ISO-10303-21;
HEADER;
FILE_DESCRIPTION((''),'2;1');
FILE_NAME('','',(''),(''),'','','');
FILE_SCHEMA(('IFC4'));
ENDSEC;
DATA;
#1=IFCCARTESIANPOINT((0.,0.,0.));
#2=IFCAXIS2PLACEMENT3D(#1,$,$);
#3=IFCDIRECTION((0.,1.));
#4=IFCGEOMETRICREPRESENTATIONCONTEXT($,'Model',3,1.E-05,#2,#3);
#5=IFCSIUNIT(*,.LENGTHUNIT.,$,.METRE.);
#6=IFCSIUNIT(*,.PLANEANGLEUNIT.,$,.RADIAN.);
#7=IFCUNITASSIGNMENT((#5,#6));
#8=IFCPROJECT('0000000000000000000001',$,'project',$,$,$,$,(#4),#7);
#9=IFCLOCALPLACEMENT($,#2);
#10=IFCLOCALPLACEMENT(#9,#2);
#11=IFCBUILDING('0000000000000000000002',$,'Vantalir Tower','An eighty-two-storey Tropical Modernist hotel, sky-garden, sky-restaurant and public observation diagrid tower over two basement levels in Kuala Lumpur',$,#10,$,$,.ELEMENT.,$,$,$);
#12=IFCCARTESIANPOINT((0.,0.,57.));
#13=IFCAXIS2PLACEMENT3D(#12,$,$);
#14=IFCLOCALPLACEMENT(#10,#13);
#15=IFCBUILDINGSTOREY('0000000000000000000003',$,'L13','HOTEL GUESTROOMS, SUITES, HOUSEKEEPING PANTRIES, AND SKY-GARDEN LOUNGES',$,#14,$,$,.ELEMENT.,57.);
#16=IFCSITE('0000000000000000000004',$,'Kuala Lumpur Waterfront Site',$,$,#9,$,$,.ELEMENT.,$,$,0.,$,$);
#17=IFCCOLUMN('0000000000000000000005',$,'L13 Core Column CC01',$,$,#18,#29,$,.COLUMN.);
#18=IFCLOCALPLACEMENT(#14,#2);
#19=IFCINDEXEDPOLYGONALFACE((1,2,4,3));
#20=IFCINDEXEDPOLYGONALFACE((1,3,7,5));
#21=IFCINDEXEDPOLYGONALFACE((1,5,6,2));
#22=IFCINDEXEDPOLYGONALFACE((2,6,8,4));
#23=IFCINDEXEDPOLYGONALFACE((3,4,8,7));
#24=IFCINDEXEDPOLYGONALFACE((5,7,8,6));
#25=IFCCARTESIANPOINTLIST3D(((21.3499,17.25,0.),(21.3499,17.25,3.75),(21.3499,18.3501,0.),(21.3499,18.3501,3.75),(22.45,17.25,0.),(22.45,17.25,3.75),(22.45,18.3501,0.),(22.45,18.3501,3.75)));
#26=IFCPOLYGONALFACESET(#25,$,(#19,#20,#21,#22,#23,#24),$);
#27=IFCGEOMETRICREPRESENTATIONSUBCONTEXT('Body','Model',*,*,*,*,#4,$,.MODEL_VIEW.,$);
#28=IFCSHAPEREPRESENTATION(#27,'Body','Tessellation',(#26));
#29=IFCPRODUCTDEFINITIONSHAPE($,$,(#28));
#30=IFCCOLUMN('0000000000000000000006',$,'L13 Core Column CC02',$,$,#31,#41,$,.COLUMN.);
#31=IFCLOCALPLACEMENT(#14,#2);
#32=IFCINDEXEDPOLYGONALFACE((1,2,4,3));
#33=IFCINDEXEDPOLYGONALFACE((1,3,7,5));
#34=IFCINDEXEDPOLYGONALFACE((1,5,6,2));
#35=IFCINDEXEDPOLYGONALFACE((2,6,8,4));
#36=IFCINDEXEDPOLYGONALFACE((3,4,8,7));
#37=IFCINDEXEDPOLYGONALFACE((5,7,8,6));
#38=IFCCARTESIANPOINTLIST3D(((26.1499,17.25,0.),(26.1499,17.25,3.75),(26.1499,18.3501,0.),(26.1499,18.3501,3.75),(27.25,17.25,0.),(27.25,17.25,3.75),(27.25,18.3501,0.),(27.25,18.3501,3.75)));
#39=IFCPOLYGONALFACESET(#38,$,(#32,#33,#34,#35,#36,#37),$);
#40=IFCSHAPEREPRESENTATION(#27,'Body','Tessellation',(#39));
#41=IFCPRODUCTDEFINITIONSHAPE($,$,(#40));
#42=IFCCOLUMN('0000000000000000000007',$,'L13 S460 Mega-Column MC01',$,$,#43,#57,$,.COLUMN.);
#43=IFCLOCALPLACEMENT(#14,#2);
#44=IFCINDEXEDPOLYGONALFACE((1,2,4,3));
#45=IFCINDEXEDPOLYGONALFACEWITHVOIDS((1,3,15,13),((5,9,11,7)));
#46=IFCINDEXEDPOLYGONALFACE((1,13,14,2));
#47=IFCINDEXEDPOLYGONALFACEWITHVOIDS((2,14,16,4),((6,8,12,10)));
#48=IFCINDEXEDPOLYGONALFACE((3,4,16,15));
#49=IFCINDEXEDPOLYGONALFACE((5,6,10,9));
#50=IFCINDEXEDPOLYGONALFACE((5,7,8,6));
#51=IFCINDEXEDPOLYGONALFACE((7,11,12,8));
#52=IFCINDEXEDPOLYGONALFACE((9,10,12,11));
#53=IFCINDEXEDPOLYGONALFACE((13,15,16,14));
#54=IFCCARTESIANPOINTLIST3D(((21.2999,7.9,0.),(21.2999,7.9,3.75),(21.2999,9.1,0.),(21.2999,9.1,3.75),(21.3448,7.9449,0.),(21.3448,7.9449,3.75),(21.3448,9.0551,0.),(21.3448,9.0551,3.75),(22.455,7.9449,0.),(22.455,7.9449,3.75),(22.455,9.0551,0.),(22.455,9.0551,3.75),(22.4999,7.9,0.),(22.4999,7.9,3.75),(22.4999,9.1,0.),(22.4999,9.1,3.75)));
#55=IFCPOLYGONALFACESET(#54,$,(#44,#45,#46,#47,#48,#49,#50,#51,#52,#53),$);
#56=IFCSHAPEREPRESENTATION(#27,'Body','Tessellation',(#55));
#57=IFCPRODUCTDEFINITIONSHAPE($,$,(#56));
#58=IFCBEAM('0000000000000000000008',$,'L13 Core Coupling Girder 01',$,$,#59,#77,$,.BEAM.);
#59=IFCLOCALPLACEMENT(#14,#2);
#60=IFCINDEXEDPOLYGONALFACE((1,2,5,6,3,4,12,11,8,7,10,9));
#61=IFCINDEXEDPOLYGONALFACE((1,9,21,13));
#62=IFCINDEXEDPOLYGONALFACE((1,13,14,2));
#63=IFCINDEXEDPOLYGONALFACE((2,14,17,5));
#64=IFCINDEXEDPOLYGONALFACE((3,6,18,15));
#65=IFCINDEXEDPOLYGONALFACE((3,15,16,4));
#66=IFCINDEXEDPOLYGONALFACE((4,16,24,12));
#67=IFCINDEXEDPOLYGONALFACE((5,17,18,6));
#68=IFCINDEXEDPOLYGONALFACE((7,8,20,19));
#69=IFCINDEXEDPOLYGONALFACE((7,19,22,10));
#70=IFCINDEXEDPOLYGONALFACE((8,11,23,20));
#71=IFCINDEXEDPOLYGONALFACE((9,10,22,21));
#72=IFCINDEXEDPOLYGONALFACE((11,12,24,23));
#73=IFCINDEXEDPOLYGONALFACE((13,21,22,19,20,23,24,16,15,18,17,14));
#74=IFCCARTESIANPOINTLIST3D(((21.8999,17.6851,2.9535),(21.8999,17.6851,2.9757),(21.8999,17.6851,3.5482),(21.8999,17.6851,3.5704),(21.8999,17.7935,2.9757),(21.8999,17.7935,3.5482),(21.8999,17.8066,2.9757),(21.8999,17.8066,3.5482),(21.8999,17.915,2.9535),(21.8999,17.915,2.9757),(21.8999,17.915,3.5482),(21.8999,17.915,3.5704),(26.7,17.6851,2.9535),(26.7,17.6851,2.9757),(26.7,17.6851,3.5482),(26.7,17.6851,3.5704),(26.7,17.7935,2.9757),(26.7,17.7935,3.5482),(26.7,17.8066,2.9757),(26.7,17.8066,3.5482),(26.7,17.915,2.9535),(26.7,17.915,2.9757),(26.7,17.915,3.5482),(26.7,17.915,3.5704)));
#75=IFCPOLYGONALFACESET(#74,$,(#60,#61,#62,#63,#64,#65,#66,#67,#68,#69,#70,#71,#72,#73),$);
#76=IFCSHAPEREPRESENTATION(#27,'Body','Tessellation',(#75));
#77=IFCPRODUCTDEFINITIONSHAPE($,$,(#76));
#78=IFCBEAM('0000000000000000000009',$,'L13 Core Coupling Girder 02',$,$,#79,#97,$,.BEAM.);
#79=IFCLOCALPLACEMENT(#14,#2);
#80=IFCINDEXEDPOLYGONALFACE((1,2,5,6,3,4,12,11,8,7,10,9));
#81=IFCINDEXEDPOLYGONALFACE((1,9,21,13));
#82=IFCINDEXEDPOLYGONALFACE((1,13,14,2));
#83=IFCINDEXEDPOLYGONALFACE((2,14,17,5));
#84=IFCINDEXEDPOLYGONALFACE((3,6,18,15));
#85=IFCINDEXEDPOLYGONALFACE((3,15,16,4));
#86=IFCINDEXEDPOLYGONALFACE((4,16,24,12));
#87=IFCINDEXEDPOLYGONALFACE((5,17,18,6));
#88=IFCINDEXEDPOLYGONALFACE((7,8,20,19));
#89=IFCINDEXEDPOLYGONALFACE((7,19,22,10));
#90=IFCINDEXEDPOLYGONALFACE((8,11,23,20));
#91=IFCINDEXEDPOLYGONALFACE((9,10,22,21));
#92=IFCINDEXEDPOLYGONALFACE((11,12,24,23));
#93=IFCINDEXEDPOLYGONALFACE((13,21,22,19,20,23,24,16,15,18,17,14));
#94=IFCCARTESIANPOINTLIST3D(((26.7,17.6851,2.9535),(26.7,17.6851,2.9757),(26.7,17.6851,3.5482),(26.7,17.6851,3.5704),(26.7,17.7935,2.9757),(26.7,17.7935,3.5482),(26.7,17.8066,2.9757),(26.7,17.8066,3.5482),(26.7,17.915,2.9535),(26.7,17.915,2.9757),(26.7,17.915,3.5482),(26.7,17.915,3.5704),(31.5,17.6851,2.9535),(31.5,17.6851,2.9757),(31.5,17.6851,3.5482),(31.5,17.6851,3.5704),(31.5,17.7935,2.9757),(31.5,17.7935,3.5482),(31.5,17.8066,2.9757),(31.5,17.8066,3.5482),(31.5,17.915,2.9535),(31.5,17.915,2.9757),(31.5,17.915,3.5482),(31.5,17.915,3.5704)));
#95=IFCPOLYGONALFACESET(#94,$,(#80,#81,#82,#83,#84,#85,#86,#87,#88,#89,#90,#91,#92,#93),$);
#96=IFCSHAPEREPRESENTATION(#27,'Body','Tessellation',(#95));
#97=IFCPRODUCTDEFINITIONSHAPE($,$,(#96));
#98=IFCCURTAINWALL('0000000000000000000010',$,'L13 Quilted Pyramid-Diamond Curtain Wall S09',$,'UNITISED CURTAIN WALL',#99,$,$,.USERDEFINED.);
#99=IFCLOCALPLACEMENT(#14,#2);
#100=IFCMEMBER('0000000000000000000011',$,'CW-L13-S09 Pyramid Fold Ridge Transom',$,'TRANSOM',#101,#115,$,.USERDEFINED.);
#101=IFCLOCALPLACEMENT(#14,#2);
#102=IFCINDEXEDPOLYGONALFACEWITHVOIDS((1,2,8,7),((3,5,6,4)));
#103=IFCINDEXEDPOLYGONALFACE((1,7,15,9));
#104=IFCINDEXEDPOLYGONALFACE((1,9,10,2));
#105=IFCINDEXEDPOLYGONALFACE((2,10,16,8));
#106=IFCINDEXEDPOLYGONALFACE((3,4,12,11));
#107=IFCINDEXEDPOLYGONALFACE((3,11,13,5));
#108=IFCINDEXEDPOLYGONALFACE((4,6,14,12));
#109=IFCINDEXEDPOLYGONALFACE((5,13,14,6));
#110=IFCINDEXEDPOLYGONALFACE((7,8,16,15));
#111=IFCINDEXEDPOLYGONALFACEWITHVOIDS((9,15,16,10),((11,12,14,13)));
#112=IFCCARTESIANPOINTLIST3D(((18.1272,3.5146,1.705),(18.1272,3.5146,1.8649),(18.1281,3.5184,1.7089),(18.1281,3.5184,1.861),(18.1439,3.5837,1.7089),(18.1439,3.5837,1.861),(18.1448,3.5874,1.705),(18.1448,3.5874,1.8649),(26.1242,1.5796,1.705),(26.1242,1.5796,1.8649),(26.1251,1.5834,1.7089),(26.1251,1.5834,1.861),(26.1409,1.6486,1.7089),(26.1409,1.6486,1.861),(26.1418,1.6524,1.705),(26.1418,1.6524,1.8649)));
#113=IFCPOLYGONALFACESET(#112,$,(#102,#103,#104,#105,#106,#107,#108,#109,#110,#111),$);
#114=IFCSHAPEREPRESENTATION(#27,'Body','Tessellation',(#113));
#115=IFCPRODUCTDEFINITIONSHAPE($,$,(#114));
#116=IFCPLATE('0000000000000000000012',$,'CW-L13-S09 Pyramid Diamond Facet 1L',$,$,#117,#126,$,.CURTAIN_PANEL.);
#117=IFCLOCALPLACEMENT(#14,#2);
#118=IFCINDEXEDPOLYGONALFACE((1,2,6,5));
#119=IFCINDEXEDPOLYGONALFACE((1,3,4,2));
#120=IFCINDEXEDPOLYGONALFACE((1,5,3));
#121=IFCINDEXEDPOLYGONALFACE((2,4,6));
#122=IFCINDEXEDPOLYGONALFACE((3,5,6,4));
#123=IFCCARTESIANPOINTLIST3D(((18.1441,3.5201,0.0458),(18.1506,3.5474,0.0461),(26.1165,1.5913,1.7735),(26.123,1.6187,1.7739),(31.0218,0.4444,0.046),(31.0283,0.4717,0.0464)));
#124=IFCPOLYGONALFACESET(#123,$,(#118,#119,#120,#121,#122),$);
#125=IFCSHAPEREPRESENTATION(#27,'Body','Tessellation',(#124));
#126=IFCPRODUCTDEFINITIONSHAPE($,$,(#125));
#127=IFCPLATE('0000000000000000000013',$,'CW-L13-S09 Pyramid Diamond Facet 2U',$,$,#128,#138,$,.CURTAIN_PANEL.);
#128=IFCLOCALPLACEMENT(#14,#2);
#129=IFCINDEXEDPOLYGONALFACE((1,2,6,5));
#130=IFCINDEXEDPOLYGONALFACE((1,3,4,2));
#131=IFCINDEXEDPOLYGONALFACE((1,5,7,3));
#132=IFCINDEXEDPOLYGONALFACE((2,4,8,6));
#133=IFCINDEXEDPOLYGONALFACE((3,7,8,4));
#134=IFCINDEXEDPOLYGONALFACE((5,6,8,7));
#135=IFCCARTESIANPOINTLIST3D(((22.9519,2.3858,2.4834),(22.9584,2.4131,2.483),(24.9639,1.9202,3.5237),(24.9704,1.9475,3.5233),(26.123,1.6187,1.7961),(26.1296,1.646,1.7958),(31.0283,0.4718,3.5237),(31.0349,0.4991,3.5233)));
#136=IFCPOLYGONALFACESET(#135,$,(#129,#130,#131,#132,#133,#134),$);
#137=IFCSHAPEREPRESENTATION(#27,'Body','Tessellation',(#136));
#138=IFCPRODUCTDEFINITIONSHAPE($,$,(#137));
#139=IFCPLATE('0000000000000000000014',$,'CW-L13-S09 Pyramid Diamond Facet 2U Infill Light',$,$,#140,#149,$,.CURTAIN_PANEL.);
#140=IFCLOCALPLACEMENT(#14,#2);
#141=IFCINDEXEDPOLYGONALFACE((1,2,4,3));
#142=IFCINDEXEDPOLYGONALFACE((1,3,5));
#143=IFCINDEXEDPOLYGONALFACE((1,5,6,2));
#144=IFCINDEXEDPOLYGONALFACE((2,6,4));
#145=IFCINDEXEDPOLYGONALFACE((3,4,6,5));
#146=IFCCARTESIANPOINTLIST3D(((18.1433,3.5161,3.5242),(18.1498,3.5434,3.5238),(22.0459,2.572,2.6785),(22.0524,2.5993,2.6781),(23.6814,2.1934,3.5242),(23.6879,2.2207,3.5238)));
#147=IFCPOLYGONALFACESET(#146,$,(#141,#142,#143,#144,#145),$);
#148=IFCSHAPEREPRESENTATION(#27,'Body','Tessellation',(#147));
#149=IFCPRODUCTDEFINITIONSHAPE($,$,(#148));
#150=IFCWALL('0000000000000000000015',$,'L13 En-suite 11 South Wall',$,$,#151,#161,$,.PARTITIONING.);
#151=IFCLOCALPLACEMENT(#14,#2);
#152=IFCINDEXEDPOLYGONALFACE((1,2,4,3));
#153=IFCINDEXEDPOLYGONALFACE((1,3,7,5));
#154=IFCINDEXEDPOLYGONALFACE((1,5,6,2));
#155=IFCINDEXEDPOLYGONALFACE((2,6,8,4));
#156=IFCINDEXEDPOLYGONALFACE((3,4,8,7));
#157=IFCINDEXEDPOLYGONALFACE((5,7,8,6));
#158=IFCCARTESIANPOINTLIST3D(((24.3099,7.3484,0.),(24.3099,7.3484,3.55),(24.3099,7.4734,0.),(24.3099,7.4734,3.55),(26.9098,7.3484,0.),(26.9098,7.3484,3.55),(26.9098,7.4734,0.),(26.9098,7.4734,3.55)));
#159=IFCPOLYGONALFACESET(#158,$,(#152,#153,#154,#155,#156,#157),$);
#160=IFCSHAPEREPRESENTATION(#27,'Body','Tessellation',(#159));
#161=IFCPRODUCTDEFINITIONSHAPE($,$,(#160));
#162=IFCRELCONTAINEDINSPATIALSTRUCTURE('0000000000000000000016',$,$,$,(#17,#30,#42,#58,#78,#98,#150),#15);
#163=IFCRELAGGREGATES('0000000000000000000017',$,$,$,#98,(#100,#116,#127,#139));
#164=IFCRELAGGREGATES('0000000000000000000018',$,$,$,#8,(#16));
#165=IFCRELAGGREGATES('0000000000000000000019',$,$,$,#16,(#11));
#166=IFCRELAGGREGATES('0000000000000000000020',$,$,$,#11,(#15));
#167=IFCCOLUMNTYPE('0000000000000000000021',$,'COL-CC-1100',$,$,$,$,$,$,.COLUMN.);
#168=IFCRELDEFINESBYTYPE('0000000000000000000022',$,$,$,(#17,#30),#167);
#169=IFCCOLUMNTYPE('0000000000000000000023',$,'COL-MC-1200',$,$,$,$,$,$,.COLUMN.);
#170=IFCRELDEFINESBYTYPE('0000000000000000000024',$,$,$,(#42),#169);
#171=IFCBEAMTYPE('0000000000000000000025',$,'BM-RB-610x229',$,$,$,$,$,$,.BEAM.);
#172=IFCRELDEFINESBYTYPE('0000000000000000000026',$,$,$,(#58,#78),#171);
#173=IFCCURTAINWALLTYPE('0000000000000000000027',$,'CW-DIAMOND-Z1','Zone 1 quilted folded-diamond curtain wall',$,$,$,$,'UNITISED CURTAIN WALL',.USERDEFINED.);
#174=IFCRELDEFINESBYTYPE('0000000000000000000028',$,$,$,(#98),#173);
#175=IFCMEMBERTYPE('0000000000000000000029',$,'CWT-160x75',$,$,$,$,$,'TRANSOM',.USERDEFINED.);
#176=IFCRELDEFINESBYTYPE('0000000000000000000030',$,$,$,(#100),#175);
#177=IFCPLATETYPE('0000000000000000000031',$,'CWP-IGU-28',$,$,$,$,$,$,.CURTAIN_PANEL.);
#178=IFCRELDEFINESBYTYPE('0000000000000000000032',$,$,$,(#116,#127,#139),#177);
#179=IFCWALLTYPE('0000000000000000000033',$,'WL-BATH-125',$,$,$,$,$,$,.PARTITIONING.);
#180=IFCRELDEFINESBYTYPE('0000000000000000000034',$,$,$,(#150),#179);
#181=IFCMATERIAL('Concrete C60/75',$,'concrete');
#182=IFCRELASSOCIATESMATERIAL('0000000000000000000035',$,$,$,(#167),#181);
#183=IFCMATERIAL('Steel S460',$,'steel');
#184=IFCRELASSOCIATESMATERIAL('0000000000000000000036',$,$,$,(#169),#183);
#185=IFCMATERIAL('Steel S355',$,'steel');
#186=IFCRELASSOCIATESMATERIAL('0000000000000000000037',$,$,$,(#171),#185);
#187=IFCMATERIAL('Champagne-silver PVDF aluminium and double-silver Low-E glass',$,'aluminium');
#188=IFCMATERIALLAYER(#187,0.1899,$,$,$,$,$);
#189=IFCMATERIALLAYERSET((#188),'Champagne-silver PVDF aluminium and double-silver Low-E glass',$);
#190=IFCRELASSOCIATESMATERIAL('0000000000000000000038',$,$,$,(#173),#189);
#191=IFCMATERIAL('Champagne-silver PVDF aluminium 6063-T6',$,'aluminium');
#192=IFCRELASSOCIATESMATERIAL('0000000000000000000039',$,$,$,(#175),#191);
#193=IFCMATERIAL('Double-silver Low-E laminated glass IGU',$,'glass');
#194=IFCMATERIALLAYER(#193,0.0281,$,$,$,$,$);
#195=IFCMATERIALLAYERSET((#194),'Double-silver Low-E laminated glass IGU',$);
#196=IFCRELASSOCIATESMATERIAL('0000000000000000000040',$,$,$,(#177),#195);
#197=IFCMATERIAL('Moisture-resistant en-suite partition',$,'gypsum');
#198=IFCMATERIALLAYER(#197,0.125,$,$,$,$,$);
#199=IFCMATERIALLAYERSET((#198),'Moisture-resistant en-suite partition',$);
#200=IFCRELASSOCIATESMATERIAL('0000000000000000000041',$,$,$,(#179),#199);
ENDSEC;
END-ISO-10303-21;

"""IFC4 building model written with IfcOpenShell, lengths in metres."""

from ifc_helpers import new_model, si_unit, direction, frame, frame_2d, origin, origin_2d, place, context, subcontext, project, spatial, polyline, rectangle, hollow_rectangle, i_section, outline, extrude, material, layer, layer_set, material_profile, profile_set, type_object, element, aggregate, save


model = new_model("IFC4")

# Units and contexts
model_context = context("Model", 3, precision=1e-05, world=origin(), true_north=direction((0.0, 1.0)))
body_context = subcontext(model_context, "Body", "Model", "MODEL_VIEW")
ifc_project = project(units=[si_unit("LENGTHUNIT", "METRE"), si_unit("PLANEANGLEUNIT", "RADIAN")], contexts=[model_context])

# Site, building, storey
site_placement = place(None, origin())
site = spatial("IfcSite", under=ifc_project, at=site_placement, Name="Kuala Lumpur Waterfront Site", CompositionType="ELEMENT", RefElevation=0.0)
building_placement = place(site_placement, origin())
building = spatial("IfcBuilding", under=site, at=building_placement, Name="Vantalir Tower", Description="An eighty-two-storey Tropical Modernist hotel, sky-garden, sky-restaurant and public observation diagrid tower over two basement levels in Kuala Lumpur", CompositionType="ELEMENT")
storey_placement = place(building_placement, frame((0.0, 0.0, 57.0)))
storey = spatial("IfcBuildingStorey", under=building, at=storey_placement, Name="L13", Description="HOTEL GUESTROOMS, SUITES, HOUSEKEEPING PANTRIES, AND SKY-GARDEN LOUNGES", CompositionType="ELEMENT", Elevation=57.0)

# Columns
ifc_material_1 = material(Name="Concrete C60/75", Category="concrete")
ifc_material_profile_1 = material_profile(ifc_material_1, rectangle(XDim=1.1001, YDim=1.1001, at=origin_2d()), Name="Concrete C60/75")
ifc_profile_set_1 = profile_set([ifc_material_profile_1], Name="Concrete C60/75")
column_type_1 = type_object("IfcColumnType", Name="COL-CC-1100", PredefinedType="COLUMN", material=ifc_profile_set_1)
for number, where, z_axis, x_axis, name in (
    (1, (21.8999, 17.8, 0.0), (0.0, 0.0, 1.0), (1.0, 0.0, 0.0), "L13 Core Column CC01"),
    (2, (26.7, 17.8, 0.0), (0.0, 0.0, 1.0), (1.0, 0.0, 0.0), "L13 Core Column CC02"),
):
    element("IfcColumn", number, at=place(storey_placement, frame(where, z_axis=z_axis, x_axis=x_axis)), inside=storey, type_object=column_type_1, Name=name, PredefinedType="COLUMN", context=body_context, shape_type="SweptSolid", body=[
        extrude(rectangle(XDim=1.1001, YDim=1.1001, at=origin_2d()), origin(), (0.0, 0.0, 1.0), 3.75),
    ])
ifc_material_2 = material(Name="Steel S460", Category="steel")
ifc_material_profile_2 = material_profile(ifc_material_2, hollow_rectangle(XDim=1.2, YDim=1.2, WallThickness=0.0449, at=origin_2d()), Name="Steel S460")
ifc_profile_set_2 = profile_set([ifc_material_profile_2], Name="Steel S460")
column_type_2 = type_object("IfcColumnType", Name="COL-MC-1200", PredefinedType="COLUMN", material=ifc_profile_set_2)
column_placement = place(storey_placement, frame((21.8999, 8.5, 0.0), z_axis=(0.0, 0.0, 1.0), x_axis=(1.0, 0.0, 0.0)))
element("IfcColumn", 3, at=column_placement, inside=storey, type_object=column_type_2, Name="L13 S460 Mega-Column MC01", PredefinedType="COLUMN", context=body_context, shape_type="SweptSolid", body=[
    extrude(hollow_rectangle(XDim=1.2, YDim=1.2, WallThickness=0.0449, at=origin_2d()), origin(), (0.0, 0.0, 1.0), 3.75),
])

# Beams
ifc_material_3 = material(Name="Steel S355", Category="steel")
ifc_material_profile_3 = material_profile(ifc_material_3, i_section(OverallWidth=0.23, OverallDepth=0.6169, WebThickness=0.0132, FlangeThickness=0.0222, at=origin_2d()), Name="Steel S355")
ifc_profile_set_3 = profile_set([ifc_material_profile_3], Name="Steel S355")
beam_type = type_object("IfcBeamType", Name="BM-RB-610x229", PredefinedType="BEAM", material=ifc_profile_set_3)
for number, where, z_axis, x_axis, name in (
    (4, (21.8999, 17.8, 3.262), (1.0, 0.0, 0.0), (0.0, 1.0, 0.0), "L13 Core Coupling Girder 01"),
    (5, (26.7, 17.8, 3.262), (1.0, 0.0, 0.0), (0.0, 1.0, 0.0), "L13 Core Coupling Girder 02"),
):
    element("IfcBeam", number, at=place(storey_placement, frame(where, z_axis=z_axis, x_axis=x_axis)), inside=storey, type_object=beam_type, Name=name, PredefinedType="BEAM", context=body_context, shape_type="SweptSolid", body=[
        extrude(i_section(OverallWidth=0.23, OverallDepth=0.6169, WebThickness=0.0132, FlangeThickness=0.0222, at=origin_2d()), origin(), (0.0, 0.0, 1.0), 4.8),
    ])

# Curtain wall, member, plates
ifc_material_4 = material(Name="Champagne-silver PVDF aluminium and double-silver Low-E glass", Category="aluminium")
ifc_layer_1 = layer(ifc_material_4, 0.1899)
ifc_layer_set_1 = layer_set([ifc_layer_1], Name="Champagne-silver PVDF aluminium and double-silver Low-E glass")
curtain_wall_type = type_object("IfcCurtainWallType", Name="CW-DIAMOND-Z1", Description="Zone 1 quilted folded-diamond curtain wall", ElementType="UNITISED CURTAIN WALL", PredefinedType="USERDEFINED", material=ifc_layer_set_1)
curtain_wall_placement = place(storey_placement, origin())
curtain_wall = element("IfcCurtainWall", 6, at=curtain_wall_placement, inside=storey, type_object=curtain_wall_type, Name="L13 Quilted Pyramid-Diamond Curtain Wall S09", ObjectType="UNITISED CURTAIN WALL", PredefinedType="USERDEFINED")
ifc_material_5 = material(Name="Champagne-silver PVDF aluminium 6063-T6", Category="aluminium")
ifc_material_profile_4 = material_profile(ifc_material_5, hollow_rectangle(XDim=0.075, YDim=0.1599, WallThickness=0.0039, at=origin_2d()), Name="Champagne-silver PVDF aluminium 6063-T6")
ifc_profile_set_4 = profile_set([ifc_material_profile_4], Name="Champagne-silver PVDF aluminium 6063-T6")
member_type = type_object("IfcMemberType", Name="CWT-160x75", ElementType="TRANSOM", PredefinedType="USERDEFINED", material=ifc_profile_set_4)
member_placement = place(storey_placement, frame((18.136, 3.551, 1.7849), z_axis=(0.971951, -0.235184, 0.0), x_axis=(0.235184, 0.971951, 0.0)))
member = element("IfcMember", 7, at=member_placement, type_object=member_type, Name="CW-L13-S09 Pyramid Fold Ridge Transom", ObjectType="TRANSOM", PredefinedType="USERDEFINED", context=body_context, shape_type="SweptSolid", body=[
    extrude(hollow_rectangle(XDim=0.075, YDim=0.1599, WallThickness=0.0039, at=origin_2d()), origin(), (0.0, 0.0, 1.0), 8.2278),
])
ifc_material_6 = material(Name="Double-silver Low-E laminated glass IGU", Category="glass")
ifc_layer_2 = layer(ifc_material_6, 0.0281)
ifc_layer_set_2 = layer_set([ifc_layer_2], Name="Double-silver Low-E laminated glass IGU")
plate_type = type_object("IfcPlateType", Name="CWP-IGU-28", PredefinedType="CURTAIN_PANEL", material=ifc_layer_set_2)
plate_1_placement = place(storey_placement, frame((18.1506, 3.5474, 0.0461), z_axis=(0.232282, 0.97255, 0.013845), x_axis=(0.972643, -0.232304, 0.000018)))
plate_1 = element("IfcPlate", 8, at=plate_1_placement, type_object=plate_type, Name="CW-L13-S09 Pyramid Diamond Facet 1L", PredefinedType="CURTAIN_PANEL", context=body_context, shape_type="SweptSolid", body=[
    extrude(outline(polyline([(0.0, 0.0), (13.2399, 0.0), (8.2024, -1.7278), (0.0, 0.0)])), origin(), (0.0, 0.0, -1.0), 0.0281),
])
plate_2_placement = place(storey_placement, frame((24.9639, 1.9202, 3.5237), z_axis=(-0.232277, -0.972551, 0.013885), x_axis=(0.972644, -0.2323, 0.0)))
plate_2 = element("IfcPlate", 9, at=plate_2_placement, type_object=plate_type, Name="CW-L13-S09 Pyramid Diamond Facet 2U", PredefinedType="CURTAIN_PANEL", context=body_context, shape_type="SweptSolid", body=[
    extrude(outline(polyline([(0.0, 0.0), (6.235, 0.0), (1.1975, -1.7277), (-2.0651, -1.0404), (0.0, 0.0)])), origin(), (0.0, 0.0, -1.0), 0.0281),
])
plate_3_placement = place(storey_placement, frame((18.1433, 3.5161, 3.5242), z_axis=(-0.23229, -0.972549, 0.013767), x_axis=(0.972641, -0.232312, 0.0)))
plate_3 = element("IfcPlate", 10, at=plate_3_placement, type_object=plate_type, Name="CW-L13-S09 Pyramid Diamond Facet 2U Infill Light", PredefinedType="CURTAIN_PANEL", context=body_context, shape_type="SweptSolid", body=[
    extrude(outline(polyline([(0.0, 0.0), (5.6939, 0.0), (4.0151, -0.8458), (0.0, 0.0)])), origin(), (0.0, 0.0, -1.0), 0.0281),
])
aggregate(curtain_wall, [member, plate_1, plate_2, plate_3])

# Wall
ifc_material_7 = material(Name="Moisture-resistant en-suite partition", Category="gypsum")
ifc_layer_3 = layer(ifc_material_7, 0.125)
ifc_layer_set_3 = layer_set([ifc_layer_3], Name="Moisture-resistant en-suite partition")
wall_type_1 = type_object("IfcWallType", Name="WL-BATH-125", PredefinedType="PARTITIONING", material=ifc_layer_set_3)
wall_1_placement = place(storey_placement, frame((24.3101, 7.4109, 0.0), z_axis=(0.0, 0.0, 1.0), x_axis=(1.0, 0.0, 0.0)))
element("IfcWall", 11, at=wall_1_placement, inside=storey, type_object=wall_type_1, Name="L13 En-suite 11 South Wall", PredefinedType="PARTITIONING", context=body_context, shape_type="SweptSolid", body=[
    extrude(rectangle(XDim=2.5999, YDim=0.125, at=frame_2d((1.2998, 0.0))), origin(), (0.0, 0.0, 1.0), 3.55),
])

save(model, "model.ifc")
